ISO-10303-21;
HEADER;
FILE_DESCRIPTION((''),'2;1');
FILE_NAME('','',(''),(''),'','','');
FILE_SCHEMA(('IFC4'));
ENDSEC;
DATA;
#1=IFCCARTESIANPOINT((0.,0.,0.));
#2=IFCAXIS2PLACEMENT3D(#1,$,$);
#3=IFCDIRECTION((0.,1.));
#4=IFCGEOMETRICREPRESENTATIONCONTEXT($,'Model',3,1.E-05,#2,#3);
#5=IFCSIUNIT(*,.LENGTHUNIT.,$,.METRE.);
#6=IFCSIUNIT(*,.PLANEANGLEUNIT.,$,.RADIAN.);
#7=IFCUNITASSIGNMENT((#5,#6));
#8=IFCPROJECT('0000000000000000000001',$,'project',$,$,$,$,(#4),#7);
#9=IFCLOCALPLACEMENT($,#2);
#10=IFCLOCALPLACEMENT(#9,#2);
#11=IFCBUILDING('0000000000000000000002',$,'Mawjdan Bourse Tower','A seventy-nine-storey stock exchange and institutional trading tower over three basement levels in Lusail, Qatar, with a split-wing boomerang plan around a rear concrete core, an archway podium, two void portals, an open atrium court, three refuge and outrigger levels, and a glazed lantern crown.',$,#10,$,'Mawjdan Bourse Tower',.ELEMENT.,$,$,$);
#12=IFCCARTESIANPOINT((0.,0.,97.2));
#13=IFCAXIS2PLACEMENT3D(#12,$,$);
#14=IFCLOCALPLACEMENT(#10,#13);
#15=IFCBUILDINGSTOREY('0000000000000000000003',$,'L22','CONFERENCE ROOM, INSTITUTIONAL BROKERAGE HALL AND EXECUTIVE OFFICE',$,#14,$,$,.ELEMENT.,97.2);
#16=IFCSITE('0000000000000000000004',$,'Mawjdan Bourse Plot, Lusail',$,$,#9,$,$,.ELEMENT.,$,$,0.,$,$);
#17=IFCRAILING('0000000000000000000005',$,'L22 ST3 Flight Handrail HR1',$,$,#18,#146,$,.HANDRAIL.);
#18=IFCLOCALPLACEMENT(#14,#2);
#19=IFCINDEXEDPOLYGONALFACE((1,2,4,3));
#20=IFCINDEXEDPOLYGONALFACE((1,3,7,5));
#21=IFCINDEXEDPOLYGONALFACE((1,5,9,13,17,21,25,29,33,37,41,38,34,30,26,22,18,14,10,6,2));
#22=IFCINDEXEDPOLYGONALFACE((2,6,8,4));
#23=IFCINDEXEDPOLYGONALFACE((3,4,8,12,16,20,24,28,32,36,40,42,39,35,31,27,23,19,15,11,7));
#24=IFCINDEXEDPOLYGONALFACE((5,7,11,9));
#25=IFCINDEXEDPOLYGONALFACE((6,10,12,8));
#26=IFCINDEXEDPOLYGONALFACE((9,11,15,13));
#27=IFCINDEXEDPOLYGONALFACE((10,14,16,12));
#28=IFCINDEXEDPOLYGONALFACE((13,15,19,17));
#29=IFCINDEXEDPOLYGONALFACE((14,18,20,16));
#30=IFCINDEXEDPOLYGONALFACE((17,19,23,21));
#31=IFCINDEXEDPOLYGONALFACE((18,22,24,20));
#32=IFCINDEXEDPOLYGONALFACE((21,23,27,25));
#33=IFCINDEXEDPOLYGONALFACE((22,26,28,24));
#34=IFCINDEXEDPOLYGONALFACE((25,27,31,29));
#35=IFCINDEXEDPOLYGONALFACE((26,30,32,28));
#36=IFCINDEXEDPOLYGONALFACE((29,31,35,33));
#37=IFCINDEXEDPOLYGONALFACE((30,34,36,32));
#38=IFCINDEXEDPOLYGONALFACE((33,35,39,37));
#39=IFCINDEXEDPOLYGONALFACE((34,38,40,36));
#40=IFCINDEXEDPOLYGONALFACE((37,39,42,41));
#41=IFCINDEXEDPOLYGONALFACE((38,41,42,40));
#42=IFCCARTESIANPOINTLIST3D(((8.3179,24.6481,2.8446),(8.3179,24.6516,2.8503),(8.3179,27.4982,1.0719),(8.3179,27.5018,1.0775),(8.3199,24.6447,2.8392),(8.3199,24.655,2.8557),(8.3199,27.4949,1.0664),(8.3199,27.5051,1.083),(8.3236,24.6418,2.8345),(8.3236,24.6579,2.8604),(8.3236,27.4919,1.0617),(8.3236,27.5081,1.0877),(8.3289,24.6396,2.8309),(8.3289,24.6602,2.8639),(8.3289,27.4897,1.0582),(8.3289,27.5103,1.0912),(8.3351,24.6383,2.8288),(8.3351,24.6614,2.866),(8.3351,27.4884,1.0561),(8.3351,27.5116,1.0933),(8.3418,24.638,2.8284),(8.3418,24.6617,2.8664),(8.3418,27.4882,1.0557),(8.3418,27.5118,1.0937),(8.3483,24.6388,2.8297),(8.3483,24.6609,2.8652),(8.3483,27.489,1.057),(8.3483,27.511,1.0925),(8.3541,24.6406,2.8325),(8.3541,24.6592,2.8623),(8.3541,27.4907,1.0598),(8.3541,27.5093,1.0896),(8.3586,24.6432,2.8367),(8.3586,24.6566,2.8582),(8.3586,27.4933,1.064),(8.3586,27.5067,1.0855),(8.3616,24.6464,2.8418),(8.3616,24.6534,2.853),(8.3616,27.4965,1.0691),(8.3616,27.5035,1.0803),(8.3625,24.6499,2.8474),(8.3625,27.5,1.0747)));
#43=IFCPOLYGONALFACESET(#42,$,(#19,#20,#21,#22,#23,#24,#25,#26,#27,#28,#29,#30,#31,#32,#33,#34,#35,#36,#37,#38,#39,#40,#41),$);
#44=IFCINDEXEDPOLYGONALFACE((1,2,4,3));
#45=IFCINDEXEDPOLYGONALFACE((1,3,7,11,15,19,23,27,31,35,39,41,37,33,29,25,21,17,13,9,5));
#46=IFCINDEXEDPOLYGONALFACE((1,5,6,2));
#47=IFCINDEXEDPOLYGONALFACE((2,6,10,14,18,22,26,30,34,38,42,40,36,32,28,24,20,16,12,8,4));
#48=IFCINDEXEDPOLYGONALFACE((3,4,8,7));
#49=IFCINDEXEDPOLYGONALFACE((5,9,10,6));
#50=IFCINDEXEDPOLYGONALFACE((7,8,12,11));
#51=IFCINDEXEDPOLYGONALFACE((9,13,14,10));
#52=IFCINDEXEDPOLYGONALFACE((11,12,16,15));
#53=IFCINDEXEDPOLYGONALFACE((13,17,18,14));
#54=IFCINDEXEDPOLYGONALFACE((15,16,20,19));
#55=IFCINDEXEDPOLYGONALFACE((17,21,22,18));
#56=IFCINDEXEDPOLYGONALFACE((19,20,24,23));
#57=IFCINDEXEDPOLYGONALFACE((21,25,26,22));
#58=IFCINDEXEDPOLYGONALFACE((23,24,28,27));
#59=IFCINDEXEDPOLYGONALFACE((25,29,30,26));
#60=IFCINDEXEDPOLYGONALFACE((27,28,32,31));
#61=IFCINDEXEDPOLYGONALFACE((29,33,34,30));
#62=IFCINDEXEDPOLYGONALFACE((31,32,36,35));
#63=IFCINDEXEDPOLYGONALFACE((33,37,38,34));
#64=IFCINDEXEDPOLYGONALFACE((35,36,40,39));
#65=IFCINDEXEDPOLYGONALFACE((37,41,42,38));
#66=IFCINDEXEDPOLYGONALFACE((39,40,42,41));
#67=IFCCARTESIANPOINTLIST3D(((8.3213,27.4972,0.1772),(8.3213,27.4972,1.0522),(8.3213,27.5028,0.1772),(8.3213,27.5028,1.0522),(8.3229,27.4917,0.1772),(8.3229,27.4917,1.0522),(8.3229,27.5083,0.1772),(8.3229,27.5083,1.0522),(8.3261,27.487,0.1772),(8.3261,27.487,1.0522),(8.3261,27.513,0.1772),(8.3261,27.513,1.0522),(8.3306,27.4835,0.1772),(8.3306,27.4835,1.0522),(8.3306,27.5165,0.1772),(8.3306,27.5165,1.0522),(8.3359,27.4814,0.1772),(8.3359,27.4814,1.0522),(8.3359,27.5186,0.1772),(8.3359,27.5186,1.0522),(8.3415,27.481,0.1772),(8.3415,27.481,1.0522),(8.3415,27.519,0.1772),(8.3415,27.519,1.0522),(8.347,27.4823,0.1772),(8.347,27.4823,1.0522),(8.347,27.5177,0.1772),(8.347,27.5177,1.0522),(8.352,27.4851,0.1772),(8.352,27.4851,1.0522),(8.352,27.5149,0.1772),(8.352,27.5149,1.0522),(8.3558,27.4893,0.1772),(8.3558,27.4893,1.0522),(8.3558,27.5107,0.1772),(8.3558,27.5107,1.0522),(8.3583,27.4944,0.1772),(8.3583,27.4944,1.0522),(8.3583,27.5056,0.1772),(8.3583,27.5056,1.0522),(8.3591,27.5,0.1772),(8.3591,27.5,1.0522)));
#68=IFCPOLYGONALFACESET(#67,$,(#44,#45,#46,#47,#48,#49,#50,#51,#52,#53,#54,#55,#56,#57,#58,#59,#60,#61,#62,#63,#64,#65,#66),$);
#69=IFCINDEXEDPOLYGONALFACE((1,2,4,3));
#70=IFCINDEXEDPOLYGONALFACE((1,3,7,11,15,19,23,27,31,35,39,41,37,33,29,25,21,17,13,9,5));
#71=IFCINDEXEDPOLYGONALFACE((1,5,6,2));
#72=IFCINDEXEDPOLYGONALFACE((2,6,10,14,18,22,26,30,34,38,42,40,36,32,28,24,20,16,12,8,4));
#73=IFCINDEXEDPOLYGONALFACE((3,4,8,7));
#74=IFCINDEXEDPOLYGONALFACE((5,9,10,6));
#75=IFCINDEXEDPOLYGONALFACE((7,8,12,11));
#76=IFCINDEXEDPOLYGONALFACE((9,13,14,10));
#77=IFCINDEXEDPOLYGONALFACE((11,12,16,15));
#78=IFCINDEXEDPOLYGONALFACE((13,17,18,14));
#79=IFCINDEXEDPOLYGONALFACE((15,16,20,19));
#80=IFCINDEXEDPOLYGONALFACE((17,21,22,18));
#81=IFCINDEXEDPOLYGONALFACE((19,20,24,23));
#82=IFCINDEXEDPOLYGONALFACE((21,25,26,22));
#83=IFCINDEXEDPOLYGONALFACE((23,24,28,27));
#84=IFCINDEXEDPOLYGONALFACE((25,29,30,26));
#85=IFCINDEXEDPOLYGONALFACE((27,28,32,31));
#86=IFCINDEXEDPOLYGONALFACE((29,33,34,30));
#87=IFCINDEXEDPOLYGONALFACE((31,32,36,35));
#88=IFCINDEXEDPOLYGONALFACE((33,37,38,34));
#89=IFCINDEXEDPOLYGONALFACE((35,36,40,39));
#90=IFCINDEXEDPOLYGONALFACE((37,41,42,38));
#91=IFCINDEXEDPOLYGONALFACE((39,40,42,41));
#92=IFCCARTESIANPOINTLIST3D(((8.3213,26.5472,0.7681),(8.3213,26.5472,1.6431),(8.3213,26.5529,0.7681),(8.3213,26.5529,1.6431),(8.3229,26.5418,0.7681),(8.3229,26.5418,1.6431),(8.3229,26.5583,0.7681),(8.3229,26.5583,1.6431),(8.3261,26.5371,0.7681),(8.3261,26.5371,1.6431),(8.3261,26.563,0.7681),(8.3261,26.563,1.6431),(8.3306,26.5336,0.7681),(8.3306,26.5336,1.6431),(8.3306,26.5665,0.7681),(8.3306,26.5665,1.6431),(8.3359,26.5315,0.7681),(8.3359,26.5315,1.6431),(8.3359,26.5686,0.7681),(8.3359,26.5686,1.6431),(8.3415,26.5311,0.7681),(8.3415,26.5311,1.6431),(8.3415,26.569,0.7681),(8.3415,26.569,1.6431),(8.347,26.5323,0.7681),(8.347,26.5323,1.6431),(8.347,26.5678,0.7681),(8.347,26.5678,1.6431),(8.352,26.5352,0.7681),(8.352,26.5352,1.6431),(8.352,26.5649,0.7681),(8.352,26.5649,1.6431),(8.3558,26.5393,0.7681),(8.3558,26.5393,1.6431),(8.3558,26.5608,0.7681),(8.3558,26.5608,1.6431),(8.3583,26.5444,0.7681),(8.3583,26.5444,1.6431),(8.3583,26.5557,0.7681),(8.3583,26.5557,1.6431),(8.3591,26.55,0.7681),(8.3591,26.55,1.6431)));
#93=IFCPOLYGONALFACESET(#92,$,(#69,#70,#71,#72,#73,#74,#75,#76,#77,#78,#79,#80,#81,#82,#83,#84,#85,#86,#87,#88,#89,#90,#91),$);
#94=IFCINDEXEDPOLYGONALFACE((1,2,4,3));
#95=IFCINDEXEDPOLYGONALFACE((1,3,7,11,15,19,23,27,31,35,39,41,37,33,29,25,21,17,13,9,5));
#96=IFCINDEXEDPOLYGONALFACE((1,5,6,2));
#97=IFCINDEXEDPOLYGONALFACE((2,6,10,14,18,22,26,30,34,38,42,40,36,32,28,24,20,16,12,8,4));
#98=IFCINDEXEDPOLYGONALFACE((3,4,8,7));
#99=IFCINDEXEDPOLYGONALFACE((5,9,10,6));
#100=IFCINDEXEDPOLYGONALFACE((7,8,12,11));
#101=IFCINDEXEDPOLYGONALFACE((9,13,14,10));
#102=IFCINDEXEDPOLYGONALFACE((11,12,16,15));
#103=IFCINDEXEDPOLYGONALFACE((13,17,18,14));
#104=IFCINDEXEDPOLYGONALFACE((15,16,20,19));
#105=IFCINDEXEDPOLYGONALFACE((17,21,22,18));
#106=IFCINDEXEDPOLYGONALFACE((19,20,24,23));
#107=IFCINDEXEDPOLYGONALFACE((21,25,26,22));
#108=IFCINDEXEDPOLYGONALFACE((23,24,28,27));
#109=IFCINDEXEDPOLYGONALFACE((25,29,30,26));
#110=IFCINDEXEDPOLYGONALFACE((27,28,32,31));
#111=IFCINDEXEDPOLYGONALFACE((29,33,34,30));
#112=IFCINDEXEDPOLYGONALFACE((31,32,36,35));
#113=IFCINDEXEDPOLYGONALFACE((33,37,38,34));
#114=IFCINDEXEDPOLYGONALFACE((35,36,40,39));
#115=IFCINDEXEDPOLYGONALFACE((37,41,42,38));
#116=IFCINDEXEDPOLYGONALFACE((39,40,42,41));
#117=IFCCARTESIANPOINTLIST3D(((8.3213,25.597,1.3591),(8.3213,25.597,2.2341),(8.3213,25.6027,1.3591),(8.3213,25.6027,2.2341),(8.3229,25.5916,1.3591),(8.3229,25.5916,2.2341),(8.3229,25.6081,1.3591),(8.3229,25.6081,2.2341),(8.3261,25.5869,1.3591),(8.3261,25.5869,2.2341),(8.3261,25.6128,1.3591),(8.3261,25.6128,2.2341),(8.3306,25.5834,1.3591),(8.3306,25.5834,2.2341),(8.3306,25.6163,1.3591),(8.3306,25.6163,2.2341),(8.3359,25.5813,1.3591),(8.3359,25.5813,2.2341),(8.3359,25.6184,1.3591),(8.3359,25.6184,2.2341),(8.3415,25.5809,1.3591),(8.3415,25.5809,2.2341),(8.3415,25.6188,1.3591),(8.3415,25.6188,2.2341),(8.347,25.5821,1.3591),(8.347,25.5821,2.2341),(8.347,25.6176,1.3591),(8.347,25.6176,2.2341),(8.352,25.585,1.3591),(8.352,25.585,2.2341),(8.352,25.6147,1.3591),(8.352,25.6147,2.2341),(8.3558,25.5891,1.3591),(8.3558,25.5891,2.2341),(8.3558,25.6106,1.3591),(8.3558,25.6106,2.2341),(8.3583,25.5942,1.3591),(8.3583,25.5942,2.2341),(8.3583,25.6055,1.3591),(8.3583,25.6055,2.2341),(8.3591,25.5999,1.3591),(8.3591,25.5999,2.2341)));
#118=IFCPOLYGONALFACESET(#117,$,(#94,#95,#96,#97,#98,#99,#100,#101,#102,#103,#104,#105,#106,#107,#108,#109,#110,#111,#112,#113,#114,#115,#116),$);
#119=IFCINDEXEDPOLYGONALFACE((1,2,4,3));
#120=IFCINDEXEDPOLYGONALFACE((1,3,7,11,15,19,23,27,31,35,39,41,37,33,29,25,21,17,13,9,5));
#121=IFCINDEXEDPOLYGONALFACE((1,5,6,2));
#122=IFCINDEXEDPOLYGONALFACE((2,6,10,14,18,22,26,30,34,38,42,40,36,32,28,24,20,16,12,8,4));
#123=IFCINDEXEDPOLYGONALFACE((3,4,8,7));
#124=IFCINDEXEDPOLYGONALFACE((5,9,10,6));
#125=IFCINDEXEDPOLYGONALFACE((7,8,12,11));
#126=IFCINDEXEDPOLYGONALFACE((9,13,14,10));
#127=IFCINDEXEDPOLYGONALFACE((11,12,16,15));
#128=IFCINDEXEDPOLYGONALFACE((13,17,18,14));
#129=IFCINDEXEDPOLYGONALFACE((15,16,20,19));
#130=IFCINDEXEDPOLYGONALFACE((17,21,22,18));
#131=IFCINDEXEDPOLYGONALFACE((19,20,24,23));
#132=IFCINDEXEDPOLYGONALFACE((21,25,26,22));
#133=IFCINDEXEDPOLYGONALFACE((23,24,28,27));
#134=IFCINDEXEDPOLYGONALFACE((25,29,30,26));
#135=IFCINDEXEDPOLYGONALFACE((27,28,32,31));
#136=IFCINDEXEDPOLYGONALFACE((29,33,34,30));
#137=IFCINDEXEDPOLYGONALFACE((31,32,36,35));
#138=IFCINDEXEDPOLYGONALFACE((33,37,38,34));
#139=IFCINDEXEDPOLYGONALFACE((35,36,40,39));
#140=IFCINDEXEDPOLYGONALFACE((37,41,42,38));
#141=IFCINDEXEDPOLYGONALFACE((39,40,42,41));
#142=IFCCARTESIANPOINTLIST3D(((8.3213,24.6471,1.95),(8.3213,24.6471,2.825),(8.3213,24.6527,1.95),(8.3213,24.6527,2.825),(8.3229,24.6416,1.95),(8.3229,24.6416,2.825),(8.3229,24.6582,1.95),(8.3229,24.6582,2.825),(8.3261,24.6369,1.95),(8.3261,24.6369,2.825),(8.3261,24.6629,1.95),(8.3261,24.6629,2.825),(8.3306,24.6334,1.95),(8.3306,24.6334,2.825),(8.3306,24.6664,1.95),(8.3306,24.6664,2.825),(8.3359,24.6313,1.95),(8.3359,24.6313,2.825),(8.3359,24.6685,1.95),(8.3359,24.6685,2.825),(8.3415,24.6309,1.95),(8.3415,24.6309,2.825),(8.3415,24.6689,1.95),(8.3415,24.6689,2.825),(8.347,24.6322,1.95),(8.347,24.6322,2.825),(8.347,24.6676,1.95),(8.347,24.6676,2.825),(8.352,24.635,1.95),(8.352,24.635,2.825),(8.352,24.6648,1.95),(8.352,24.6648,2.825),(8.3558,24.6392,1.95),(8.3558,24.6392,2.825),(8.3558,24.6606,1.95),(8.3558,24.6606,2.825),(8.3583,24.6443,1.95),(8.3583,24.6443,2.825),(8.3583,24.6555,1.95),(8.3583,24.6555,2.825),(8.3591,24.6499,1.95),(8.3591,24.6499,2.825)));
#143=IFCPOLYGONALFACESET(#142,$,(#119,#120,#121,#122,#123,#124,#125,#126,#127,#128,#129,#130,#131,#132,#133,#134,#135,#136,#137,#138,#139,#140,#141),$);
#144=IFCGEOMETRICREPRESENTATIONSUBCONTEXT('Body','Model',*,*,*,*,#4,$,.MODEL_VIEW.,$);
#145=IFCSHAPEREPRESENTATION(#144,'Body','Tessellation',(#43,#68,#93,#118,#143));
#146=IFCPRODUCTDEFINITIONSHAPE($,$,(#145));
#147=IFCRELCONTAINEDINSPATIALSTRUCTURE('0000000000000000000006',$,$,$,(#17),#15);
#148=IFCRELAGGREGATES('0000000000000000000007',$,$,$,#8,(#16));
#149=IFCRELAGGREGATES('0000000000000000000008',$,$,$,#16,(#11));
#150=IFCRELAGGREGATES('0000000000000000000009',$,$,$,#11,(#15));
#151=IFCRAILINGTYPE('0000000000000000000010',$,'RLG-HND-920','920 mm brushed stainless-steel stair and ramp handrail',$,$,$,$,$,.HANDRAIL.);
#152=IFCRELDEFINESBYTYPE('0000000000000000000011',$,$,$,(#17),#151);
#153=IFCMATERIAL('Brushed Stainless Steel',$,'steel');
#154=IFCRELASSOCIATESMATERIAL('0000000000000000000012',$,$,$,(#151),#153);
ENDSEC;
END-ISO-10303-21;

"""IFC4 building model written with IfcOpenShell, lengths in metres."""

from ifc_helpers import new_model, si_unit, direction, frame, origin, origin_2d, place, context, subcontext, project, spatial, circle, extrude, material, type_object, element, save


model = new_model("IFC4")

# Units and contexts
model_context = context("Model", 3, precision=1e-05, world=origin(), true_north=direction((0.0, 1.0)))
body_context = subcontext(model_context, "Body", "Model", "MODEL_VIEW")
ifc_project = project(units=[si_unit("LENGTHUNIT", "METRE"), si_unit("PLANEANGLEUNIT", "RADIAN")], contexts=[model_context])

# Site, building, storey
site_placement = place(None, origin())
site = spatial("IfcSite", under=ifc_project, at=site_placement, Name="Mawjdan Bourse Plot, Lusail", CompositionType="ELEMENT", RefElevation=0.0)
building_placement = place(site_placement, origin())
building = spatial("IfcBuilding", under=site, at=building_placement, Name="Mawjdan Bourse Tower", Description="A seventy-nine-storey stock exchange and institutional trading tower over three basement levels in Lusail, Qatar, with a split-wing boomerang plan around a rear concrete core, an archway podium, two void portals, an open atrium court, three refuge and outrigger levels, and a glazed lantern crown.", LongName="Mawjdan Bourse Tower", CompositionType="ELEMENT")
storey_placement = place(building_placement, frame((0.0, 0.0, 97.2)))
storey = spatial("IfcBuildingStorey", under=building, at=storey_placement, Name="L22", Description="CONFERENCE ROOM, INSTITUTIONAL BROKERAGE HALL AND EXECUTIVE OFFICE", CompositionType="ELEMENT", Elevation=97.2)

# Railing
ifc_material_1 = material(Name="Brushed Stainless Steel", Category="steel")
railing_type_1 = type_object("IfcRailingType", Name="RLG-HND-920", Description="920 mm brushed stainless-steel stair and ramp handrail", PredefinedType="HANDRAIL", material=ifc_material_1)
railing_1_placement = place(storey_placement, frame((8.3401, 27.5, 0.1772)))
element("IfcRailing", 1, at=railing_1_placement, inside=storey, type_object=railing_type_1, Name="L22 ST3 Flight Handrail HR1", PredefinedType="HANDRAIL", context=body_context, shape_type="SweptSolid", body=[
    extrude(circle(Radius=0.0225, at=origin_2d()), frame((0.0, 0.0, 0.8975), z_axis=(0.0, -0.849149, 0.528154), x_axis=(1.0, 0.0, 0.0)), (0.0, 0.0, 1.0), 3.3564),
    extrude(circle(Radius=0.019, at=origin_2d()), origin(), (0.0, 0.0, 1.0), 0.875),
    extrude(circle(Radius=0.019, at=origin_2d()), frame((0.0, -0.95, 0.5908)), (0.0, 0.0, 1.0), 0.875),
    extrude(circle(Radius=0.019, at=origin_2d()), frame((0.0, -1.9001, 1.1819)), (0.0, 0.0, 1.0), 0.875),
    extrude(circle(Radius=0.019, at=origin_2d()), frame((0.0, -2.8501, 1.7727)), (0.0, 0.0, 1.0), 0.875),
])

save(model, "model.ifc")
